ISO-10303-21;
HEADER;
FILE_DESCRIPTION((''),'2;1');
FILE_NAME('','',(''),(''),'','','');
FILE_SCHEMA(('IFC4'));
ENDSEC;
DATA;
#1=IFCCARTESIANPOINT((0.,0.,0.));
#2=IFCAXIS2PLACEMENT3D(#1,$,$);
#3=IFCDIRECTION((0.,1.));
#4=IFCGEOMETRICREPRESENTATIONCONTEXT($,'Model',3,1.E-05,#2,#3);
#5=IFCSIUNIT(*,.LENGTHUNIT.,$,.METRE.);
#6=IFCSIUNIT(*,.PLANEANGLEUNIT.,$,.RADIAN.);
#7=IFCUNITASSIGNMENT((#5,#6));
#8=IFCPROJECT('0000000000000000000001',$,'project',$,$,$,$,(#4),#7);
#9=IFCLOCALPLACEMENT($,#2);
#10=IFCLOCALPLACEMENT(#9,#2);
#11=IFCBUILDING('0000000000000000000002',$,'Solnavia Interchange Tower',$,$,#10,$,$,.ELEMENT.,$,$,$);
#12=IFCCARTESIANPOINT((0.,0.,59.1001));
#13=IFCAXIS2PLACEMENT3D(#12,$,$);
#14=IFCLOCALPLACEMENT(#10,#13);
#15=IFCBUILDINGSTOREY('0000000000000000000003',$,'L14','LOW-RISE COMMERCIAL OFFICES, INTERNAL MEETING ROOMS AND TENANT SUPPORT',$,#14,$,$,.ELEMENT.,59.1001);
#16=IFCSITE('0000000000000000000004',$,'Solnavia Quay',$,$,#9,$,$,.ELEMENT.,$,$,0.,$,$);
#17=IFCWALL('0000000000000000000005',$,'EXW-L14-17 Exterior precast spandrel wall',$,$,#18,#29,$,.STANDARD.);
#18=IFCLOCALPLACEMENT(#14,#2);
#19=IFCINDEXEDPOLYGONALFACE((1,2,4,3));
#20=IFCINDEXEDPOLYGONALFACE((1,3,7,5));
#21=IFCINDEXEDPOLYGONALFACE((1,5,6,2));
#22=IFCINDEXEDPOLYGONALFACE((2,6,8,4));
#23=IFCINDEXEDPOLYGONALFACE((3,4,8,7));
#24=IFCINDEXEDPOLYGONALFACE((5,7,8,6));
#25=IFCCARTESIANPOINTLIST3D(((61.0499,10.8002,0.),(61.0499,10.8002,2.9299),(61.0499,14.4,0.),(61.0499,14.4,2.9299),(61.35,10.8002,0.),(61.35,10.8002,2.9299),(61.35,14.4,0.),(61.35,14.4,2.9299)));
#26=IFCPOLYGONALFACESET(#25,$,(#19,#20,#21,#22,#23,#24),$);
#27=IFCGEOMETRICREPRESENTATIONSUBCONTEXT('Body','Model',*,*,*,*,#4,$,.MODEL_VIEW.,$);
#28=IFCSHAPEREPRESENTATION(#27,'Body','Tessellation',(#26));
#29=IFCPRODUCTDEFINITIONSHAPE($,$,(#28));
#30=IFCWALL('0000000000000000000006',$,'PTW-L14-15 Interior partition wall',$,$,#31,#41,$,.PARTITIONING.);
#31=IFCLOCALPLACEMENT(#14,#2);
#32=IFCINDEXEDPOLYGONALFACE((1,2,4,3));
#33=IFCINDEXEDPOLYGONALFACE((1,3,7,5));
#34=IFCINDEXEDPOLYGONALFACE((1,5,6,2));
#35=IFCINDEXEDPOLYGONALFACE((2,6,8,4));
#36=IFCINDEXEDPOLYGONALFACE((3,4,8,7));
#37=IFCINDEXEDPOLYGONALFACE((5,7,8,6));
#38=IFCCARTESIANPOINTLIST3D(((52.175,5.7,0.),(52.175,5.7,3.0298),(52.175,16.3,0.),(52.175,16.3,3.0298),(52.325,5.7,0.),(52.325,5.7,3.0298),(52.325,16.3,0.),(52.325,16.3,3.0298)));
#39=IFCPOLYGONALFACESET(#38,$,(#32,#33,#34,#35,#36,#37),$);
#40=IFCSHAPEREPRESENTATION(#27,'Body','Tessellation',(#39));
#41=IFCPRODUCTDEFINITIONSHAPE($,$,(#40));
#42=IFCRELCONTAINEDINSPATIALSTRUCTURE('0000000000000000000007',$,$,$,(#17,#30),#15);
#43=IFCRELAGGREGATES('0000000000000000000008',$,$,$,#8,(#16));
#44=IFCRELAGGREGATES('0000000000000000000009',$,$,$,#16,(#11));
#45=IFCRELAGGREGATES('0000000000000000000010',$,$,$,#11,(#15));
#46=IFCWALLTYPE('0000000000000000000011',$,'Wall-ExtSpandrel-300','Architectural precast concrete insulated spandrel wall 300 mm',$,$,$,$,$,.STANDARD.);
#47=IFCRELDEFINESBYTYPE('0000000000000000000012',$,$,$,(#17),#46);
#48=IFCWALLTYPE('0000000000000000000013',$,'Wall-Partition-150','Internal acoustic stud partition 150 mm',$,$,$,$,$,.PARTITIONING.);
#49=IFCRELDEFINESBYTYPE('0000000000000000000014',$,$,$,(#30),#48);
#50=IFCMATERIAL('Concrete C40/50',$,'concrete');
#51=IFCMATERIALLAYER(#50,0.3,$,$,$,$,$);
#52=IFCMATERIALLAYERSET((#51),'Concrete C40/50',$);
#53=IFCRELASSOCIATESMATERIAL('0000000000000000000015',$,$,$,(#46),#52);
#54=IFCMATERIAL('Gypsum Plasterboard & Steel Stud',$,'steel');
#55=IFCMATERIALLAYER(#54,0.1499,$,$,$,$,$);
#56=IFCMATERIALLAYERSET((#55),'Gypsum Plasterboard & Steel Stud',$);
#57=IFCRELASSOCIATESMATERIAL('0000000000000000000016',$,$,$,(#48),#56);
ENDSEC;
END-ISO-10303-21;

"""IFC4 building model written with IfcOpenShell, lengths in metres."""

from ifc_helpers import new_model, si_unit, direction, frame, frame_2d, origin, place, context, subcontext, project, spatial, rectangle, extrude, material, layer, layer_set, type_object, element, save


model = new_model("IFC4")

# Units and contexts
model_context = context("Model", 3, precision=1e-05, world=origin(), true_north=direction((0.0, 1.0)))
body_context = subcontext(model_context, "Body", "Model", "MODEL_VIEW")
ifc_project = project(units=[si_unit("LENGTHUNIT", "METRE"), si_unit("PLANEANGLEUNIT", "RADIAN")], contexts=[model_context])

# Site, building, storey
site_placement = place(None, origin())
site = spatial("IfcSite", under=ifc_project, at=site_placement, Name="Solnavia Quay", CompositionType="ELEMENT", RefElevation=0.0)
building_placement = place(site_placement, origin())
building = spatial("IfcBuilding", under=site, at=building_placement, Name="Solnavia Interchange Tower", CompositionType="ELEMENT")
storey_placement = place(building_placement, frame((0.0, 0.0, 59.1001)))
storey = spatial("IfcBuildingStorey", under=building, at=storey_placement, Name="L14", Description="LOW-RISE COMMERCIAL OFFICES, INTERNAL MEETING ROOMS AND TENANT SUPPORT", CompositionType="ELEMENT", Elevation=59.1001)

# Walls
ifc_material_1 = material(Name="Concrete C40/50", Category="concrete")
ifc_layer_1 = layer(ifc_material_1, 0.3)
ifc_layer_set_1 = layer_set([ifc_layer_1], Name="Concrete C40/50")
wall_type_1 = type_object("IfcWallType", Name="Wall-ExtSpandrel-300", Description="Architectural precast concrete insulated spandrel wall 300 mm", PredefinedType="STANDARD", material=ifc_layer_set_1)
wall_1_placement = place(storey_placement, frame((61.2, 14.3999, 0.0), z_axis=(0.0, 0.0, 1.0), x_axis=(0.0, -1.0, 0.0)))
element("IfcWall", 1, at=wall_1_placement, inside=storey, type_object=wall_type_1, Name="EXW-L14-17 Exterior precast spandrel wall", PredefinedType="STANDARD", context=body_context, shape_type="SweptSolid", body=[
    extrude(rectangle(XDim=3.5999, YDim=0.3, at=frame_2d((1.7998, 0.0))), origin(), (0.0, 0.0, 1.0), 2.9299),
])
ifc_material_2 = material(Name="Gypsum Plasterboard & Steel Stud", Category="steel")
ifc_layer_2 = layer(ifc_material_2, 0.1499)
ifc_layer_set_2 = layer_set([ifc_layer_2], Name="Gypsum Plasterboard & Steel Stud")
wall_type_2 = type_object("IfcWallType", Name="Wall-Partition-150", Description="Internal acoustic stud partition 150 mm", PredefinedType="PARTITIONING", material=ifc_layer_set_2)
wall_2_placement = place(storey_placement, frame((52.25, 5.7, 0.0), z_axis=(0.0, 0.0, 1.0), x_axis=(0.0, 1.0, 0.0)))
element("IfcWall", 2, at=wall_2_placement, inside=storey, type_object=wall_type_2, Name="PTW-L14-15 Interior partition wall", PredefinedType="PARTITIONING", context=body_context, shape_type="SweptSolid", body=[
    extrude(rectangle(XDim=10.6001, YDim=0.1499, at=frame_2d((5.3, 0.0))), origin(), (0.0, 0.0, 1.0), 3.0298),
])

save(model, "model.ifc")
